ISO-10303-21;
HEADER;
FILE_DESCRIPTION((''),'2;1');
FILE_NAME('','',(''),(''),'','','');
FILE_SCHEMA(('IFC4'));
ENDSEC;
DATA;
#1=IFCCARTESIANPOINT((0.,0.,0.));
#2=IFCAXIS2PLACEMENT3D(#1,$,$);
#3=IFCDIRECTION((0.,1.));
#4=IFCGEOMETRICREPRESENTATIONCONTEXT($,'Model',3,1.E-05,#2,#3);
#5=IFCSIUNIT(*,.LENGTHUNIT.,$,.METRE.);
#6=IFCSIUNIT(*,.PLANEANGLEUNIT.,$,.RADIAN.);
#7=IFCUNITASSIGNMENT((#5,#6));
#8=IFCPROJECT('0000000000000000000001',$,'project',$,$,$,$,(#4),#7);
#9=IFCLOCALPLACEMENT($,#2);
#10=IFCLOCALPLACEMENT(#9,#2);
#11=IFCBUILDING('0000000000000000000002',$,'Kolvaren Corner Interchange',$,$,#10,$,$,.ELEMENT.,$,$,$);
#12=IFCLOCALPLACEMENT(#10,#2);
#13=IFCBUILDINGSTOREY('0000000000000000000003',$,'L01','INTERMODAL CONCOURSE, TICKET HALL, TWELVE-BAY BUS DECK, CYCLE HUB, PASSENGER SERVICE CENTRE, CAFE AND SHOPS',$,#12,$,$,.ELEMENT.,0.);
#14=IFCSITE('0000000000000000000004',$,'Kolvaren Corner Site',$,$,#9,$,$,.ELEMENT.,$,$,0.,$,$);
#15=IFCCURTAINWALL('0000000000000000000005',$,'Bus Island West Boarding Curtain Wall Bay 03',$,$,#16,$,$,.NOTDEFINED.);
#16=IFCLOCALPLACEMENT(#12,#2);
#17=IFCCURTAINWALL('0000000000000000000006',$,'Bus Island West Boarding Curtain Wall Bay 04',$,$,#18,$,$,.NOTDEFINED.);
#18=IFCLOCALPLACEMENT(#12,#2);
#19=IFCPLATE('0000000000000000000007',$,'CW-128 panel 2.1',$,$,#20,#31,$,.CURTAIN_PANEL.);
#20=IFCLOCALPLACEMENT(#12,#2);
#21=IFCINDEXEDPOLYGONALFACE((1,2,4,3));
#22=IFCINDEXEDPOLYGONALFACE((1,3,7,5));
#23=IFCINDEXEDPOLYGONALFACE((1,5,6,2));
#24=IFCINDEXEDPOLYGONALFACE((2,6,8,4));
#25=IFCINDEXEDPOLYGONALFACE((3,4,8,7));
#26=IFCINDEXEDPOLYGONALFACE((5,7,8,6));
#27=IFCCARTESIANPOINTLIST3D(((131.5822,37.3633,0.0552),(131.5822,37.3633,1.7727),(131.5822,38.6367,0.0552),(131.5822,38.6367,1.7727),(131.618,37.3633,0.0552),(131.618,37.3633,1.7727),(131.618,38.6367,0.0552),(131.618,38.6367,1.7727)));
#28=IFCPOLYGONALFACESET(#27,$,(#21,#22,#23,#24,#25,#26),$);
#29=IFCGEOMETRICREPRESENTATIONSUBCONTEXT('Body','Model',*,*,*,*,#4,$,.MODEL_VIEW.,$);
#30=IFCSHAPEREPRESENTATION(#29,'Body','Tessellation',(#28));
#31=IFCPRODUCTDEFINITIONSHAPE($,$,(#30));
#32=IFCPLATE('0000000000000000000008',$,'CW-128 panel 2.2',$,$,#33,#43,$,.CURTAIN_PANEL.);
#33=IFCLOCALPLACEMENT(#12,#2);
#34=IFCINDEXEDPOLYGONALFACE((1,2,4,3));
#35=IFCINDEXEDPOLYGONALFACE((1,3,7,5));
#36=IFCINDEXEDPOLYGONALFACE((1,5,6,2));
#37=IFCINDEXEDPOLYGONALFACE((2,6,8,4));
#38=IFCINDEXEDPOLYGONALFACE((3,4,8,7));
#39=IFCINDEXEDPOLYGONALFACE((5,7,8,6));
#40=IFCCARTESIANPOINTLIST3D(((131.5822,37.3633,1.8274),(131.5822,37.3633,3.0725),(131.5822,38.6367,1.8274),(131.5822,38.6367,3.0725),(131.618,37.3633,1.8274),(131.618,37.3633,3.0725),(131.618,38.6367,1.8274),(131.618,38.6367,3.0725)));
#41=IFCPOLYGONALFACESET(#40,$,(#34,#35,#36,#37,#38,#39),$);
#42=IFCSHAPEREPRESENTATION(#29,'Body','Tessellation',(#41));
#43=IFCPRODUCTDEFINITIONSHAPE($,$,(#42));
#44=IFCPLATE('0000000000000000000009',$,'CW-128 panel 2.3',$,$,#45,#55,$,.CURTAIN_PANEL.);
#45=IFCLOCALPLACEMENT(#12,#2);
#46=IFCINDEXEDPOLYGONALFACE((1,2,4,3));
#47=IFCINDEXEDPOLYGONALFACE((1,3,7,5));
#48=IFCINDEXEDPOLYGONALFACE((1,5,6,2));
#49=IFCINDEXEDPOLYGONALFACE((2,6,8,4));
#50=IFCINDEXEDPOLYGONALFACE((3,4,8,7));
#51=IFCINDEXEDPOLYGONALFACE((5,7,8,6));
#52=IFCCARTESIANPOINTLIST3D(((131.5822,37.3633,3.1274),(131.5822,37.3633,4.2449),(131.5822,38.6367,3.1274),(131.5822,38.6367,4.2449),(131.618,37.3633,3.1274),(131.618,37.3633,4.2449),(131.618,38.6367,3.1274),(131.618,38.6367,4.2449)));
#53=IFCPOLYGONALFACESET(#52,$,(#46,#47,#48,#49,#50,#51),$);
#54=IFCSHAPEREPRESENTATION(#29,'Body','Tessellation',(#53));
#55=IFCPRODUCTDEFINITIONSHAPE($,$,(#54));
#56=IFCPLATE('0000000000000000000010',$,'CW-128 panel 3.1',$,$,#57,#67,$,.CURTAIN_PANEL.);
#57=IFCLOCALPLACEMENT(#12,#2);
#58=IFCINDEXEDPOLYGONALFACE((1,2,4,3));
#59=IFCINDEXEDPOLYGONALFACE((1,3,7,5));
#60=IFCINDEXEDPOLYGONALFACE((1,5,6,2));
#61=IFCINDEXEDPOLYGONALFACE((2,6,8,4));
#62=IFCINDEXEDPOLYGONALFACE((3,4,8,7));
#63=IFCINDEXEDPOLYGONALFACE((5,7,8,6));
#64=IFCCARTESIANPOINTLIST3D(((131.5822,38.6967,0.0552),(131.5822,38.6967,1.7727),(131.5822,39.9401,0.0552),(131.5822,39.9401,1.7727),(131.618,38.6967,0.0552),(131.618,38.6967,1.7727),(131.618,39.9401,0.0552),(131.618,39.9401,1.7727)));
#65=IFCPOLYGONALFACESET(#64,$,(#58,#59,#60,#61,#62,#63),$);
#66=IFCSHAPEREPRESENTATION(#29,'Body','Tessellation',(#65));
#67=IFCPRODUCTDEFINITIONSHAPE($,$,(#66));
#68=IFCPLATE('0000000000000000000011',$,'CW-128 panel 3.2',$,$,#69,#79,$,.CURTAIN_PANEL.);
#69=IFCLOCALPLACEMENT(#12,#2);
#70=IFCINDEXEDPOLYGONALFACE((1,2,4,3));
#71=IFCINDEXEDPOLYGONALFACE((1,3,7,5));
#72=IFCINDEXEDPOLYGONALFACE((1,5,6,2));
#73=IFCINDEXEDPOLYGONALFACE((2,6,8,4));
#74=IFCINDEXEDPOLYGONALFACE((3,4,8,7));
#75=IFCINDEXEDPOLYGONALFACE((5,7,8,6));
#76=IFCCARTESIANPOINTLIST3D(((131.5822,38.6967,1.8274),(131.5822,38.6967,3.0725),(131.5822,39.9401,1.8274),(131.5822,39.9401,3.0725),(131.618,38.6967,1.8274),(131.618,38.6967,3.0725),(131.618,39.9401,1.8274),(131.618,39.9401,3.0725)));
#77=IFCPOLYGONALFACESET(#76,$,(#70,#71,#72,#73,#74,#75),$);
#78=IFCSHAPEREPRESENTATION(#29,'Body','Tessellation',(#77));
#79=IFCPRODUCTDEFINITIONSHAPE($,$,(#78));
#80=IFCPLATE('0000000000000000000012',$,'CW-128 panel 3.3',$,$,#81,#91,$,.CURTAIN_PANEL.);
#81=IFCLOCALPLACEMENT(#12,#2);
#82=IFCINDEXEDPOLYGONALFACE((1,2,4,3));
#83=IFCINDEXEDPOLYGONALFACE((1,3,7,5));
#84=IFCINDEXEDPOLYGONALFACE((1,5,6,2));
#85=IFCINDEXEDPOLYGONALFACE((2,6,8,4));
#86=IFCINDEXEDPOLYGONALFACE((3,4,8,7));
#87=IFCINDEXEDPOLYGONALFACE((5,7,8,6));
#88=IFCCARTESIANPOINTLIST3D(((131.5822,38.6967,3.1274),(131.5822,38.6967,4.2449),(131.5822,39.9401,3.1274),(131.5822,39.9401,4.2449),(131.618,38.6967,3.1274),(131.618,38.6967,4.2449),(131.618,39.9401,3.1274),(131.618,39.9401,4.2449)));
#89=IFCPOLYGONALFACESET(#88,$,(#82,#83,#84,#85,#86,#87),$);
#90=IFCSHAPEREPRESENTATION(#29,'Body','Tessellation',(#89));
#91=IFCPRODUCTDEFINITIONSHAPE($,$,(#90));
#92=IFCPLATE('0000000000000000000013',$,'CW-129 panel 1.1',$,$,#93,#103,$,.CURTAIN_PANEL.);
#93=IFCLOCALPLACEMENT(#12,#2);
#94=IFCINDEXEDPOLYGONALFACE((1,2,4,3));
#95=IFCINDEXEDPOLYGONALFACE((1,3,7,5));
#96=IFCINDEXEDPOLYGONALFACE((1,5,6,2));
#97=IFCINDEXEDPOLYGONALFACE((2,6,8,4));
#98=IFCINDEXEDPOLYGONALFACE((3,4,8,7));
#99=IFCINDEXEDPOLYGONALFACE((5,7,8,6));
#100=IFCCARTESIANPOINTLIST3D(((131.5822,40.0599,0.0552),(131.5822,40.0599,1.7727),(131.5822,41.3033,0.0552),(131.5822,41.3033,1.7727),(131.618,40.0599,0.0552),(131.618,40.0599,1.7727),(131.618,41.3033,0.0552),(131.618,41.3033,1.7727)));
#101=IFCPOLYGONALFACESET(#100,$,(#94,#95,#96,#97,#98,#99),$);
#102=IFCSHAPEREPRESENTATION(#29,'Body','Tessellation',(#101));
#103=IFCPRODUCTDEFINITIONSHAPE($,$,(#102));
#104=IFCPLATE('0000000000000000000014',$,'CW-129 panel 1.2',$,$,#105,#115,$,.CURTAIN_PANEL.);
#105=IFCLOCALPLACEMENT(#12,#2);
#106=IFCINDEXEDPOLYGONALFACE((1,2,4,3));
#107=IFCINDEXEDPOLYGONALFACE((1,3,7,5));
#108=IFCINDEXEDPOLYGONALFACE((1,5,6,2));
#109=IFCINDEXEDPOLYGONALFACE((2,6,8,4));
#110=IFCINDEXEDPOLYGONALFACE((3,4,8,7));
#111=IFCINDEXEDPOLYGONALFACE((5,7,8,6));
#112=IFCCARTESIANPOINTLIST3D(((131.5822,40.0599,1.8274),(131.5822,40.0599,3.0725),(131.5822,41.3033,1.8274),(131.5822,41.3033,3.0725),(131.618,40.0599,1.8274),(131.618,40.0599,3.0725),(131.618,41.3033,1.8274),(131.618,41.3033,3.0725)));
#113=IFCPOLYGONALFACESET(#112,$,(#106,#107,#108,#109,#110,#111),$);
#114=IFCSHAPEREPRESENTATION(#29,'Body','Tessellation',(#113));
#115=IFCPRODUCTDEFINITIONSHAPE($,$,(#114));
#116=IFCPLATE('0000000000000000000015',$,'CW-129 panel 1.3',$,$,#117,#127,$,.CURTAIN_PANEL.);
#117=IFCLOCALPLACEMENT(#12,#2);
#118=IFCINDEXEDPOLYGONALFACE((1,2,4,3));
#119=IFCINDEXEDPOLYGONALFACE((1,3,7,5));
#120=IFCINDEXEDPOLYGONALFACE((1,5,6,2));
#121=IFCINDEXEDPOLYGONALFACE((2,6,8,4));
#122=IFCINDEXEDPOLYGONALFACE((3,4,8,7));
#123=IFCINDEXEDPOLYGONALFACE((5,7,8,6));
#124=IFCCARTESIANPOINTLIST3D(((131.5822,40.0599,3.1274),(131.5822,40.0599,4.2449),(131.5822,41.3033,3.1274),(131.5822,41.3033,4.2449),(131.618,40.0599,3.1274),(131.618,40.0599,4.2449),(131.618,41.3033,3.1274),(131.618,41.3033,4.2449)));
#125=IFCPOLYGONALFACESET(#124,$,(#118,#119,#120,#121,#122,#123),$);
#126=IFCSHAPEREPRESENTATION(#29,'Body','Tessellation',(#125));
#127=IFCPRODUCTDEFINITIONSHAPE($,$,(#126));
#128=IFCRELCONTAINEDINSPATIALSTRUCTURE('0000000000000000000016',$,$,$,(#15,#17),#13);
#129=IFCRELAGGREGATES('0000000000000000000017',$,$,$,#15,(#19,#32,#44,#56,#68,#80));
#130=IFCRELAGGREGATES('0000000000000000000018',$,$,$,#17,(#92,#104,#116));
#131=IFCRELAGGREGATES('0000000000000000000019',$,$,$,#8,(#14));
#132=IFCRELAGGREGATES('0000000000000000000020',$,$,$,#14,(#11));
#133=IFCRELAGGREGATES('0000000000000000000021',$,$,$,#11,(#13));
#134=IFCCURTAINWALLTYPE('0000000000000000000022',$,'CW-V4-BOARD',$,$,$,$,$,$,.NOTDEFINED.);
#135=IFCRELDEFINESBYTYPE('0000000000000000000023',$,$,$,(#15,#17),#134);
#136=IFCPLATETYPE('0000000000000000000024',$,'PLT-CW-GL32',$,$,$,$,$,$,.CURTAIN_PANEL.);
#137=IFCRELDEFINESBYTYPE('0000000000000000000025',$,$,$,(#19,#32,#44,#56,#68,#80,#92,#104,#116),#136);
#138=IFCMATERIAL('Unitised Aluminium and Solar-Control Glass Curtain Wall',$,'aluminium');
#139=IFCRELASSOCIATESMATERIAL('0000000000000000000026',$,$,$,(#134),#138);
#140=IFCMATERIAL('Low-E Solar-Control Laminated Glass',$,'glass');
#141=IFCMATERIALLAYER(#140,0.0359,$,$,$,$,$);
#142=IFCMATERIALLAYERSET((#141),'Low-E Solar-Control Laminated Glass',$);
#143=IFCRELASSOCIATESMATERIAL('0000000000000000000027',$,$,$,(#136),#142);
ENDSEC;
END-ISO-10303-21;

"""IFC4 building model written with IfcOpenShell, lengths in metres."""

from ifc_helpers import new_model, si_unit, direction, frame, origin, origin_2d, place, context, subcontext, project, spatial, rectangle, extrude, material, layer, layer_set, type_object, element, aggregate, save


model = new_model("IFC4")

# Units and contexts
model_context = context("Model", 3, precision=1e-05, world=origin(), true_north=direction((0.0, 1.0)))
body_context = subcontext(model_context, "Body", "Model", "MODEL_VIEW")
ifc_project = project(units=[si_unit("LENGTHUNIT", "METRE"), si_unit("PLANEANGLEUNIT", "RADIAN")], contexts=[model_context])

# Site, building, storey
site_placement = place(None, origin())
site = spatial("IfcSite", under=ifc_project, at=site_placement, Name="Kolvaren Corner Site", CompositionType="ELEMENT", RefElevation=0.0)
building_placement = place(site_placement, origin())
building = spatial("IfcBuilding", under=site, at=building_placement, Name="Kolvaren Corner Interchange", CompositionType="ELEMENT")
storey_placement = place(building_placement, origin())
storey = spatial("IfcBuildingStorey", under=building, at=storey_placement, Name="L01", Description="INTERMODAL CONCOURSE, TICKET HALL, TWELVE-BAY BUS DECK, CYCLE HUB, PASSENGER SERVICE CENTRE, CAFE AND SHOPS", CompositionType="ELEMENT", Elevation=0.0)

# Curtain walls
ifc_material_1 = material(Name="Unitised Aluminium and Solar-Control Glass Curtain Wall", Category="aluminium")
curtain_wall_type = type_object("IfcCurtainWallType", Name="CW-V4-BOARD", PredefinedType="NOTDEFINED", material=ifc_material_1)
curtain_wall_1_placement = place(storey_placement, origin())
curtain_wall_1 = element("IfcCurtainWall", 1, at=curtain_wall_1_placement, inside=storey, type_object=curtain_wall_type, Name="Bus Island West Boarding Curtain Wall Bay 03", PredefinedType="NOTDEFINED")
curtain_wall_2_placement = place(storey_placement, origin())
curtain_wall_2 = element("IfcCurtainWall", 2, at=curtain_wall_2_placement, inside=storey, type_object=curtain_wall_type, Name="Bus Island West Boarding Curtain Wall Bay 04", PredefinedType="NOTDEFINED")

# Plates
ifc_material_2 = material(Name="Low-E Solar-Control Laminated Glass", Category="glass")
ifc_layer = layer(ifc_material_2, 0.0359)
ifc_layer_set = layer_set([ifc_layer], Name="Low-E Solar-Control Laminated Glass")
plate_type = type_object("IfcPlateType", Name="PLT-CW-GL32", PredefinedType="CURTAIN_PANEL", material=ifc_layer_set)
plate_1_placement = place(storey_placement, frame((131.6001, 38.0, 0.0552), z_axis=(0.0, 0.0, 1.0), x_axis=(0.0, 1.0, 0.0)))
plate_1 = element("IfcPlate", 3, at=plate_1_placement, type_object=plate_type, Name="CW-128 panel 2.1", PredefinedType="CURTAIN_PANEL", context=body_context, shape_type="SweptSolid", body=[
    extrude(rectangle(XDim=1.2734, YDim=0.0359, at=origin_2d()), origin(), (0.0, 0.0, 1.0), 1.7175),
])
plate_2_placement = place(storey_placement, frame((131.6001, 38.0, 1.8274), z_axis=(0.0, 0.0, 1.0), x_axis=(0.0, 1.0, 0.0)))
plate_2 = element("IfcPlate", 4, at=plate_2_placement, type_object=plate_type, Name="CW-128 panel 2.2", PredefinedType="CURTAIN_PANEL", context=body_context, shape_type="SweptSolid", body=[
    extrude(rectangle(XDim=1.2734, YDim=0.0359, at=origin_2d()), origin(), (0.0, 0.0, 1.0), 1.2451),
])
plate_3_placement = place(storey_placement, frame((131.6001, 38.0, 3.1274), z_axis=(0.0, 0.0, 1.0), x_axis=(0.0, 1.0, 0.0)))
plate_3 = element("IfcPlate", 5, at=plate_3_placement, type_object=plate_type, Name="CW-128 panel 2.3", PredefinedType="CURTAIN_PANEL", context=body_context, shape_type="SweptSolid", body=[
    extrude(rectangle(XDim=1.2734, YDim=0.0359, at=origin_2d()), origin(), (0.0, 0.0, 1.0), 1.1174),
])
plate_4_placement = place(storey_placement, frame((131.6001, 39.3184, 0.0552), z_axis=(0.0, 0.0, 1.0), x_axis=(0.0, 1.0, 0.0)))
plate_4 = element("IfcPlate", 6, at=plate_4_placement, type_object=plate_type, Name="CW-128 panel 3.1", PredefinedType="CURTAIN_PANEL", context=body_context, shape_type="SweptSolid", body=[
    extrude(rectangle(XDim=1.2434, YDim=0.0359, at=origin_2d()), origin(), (0.0, 0.0, 1.0), 1.7175),
])
plate_5_placement = place(storey_placement, frame((131.6001, 39.3184, 1.8274), z_axis=(0.0, 0.0, 1.0), x_axis=(0.0, 1.0, 0.0)))
plate_5 = element("IfcPlate", 7, at=plate_5_placement, type_object=plate_type, Name="CW-128 panel 3.2", PredefinedType="CURTAIN_PANEL", context=body_context, shape_type="SweptSolid", body=[
    extrude(rectangle(XDim=1.2434, YDim=0.0359, at=origin_2d()), origin(), (0.0, 0.0, 1.0), 1.2451),
])
plate_6_placement = place(storey_placement, frame((131.6001, 39.3184, 3.1274), z_axis=(0.0, 0.0, 1.0), x_axis=(0.0, 1.0, 0.0)))
plate_6 = element("IfcPlate", 8, at=plate_6_placement, type_object=plate_type, Name="CW-128 panel 3.3", PredefinedType="CURTAIN_PANEL", context=body_context, shape_type="SweptSolid", body=[
    extrude(rectangle(XDim=1.2434, YDim=0.0359, at=origin_2d()), origin(), (0.0, 0.0, 1.0), 1.1174),
])
aggregate(curtain_wall_1, [plate_1, plate_2, plate_3, plate_4, plate_5, plate_6])
plate_7_placement = place(storey_placement, frame((131.6001, 40.6816, 0.0552), z_axis=(0.0, 0.0, 1.0), x_axis=(0.0, 1.0, 0.0)))
plate_7 = element("IfcPlate", 9, at=plate_7_placement, type_object=plate_type, Name="CW-129 panel 1.1", PredefinedType="CURTAIN_PANEL", context=body_context, shape_type="SweptSolid", body=[
    extrude(rectangle(XDim=1.2434, YDim=0.0359, at=origin_2d()), origin(), (0.0, 0.0, 1.0), 1.7175),
])
plate_8_placement = place(storey_placement, frame((131.6001, 40.6816, 1.8274), z_axis=(0.0, 0.0, 1.0), x_axis=(0.0, 1.0, 0.0)))
plate_8 = element("IfcPlate", 10, at=plate_8_placement, type_object=plate_type, Name="CW-129 panel 1.2", PredefinedType="CURTAIN_PANEL", context=body_context, shape_type="SweptSolid", body=[
    extrude(rectangle(XDim=1.2434, YDim=0.0359, at=origin_2d()), origin(), (0.0, 0.0, 1.0), 1.2451),
])
plate_9_placement = place(storey_placement, frame((131.6001, 40.6816, 3.1274), z_axis=(0.0, 0.0, 1.0), x_axis=(0.0, 1.0, 0.0)))
plate_9 = element("IfcPlate", 11, at=plate_9_placement, type_object=plate_type, Name="CW-129 panel 1.3", PredefinedType="CURTAIN_PANEL", context=body_context, shape_type="SweptSolid", body=[
    extrude(rectangle(XDim=1.2434, YDim=0.0359, at=origin_2d()), origin(), (0.0, 0.0, 1.0), 1.1174),
])
aggregate(curtain_wall_2, [plate_7, plate_8, plate_9])

save(model, "model.ifc")
